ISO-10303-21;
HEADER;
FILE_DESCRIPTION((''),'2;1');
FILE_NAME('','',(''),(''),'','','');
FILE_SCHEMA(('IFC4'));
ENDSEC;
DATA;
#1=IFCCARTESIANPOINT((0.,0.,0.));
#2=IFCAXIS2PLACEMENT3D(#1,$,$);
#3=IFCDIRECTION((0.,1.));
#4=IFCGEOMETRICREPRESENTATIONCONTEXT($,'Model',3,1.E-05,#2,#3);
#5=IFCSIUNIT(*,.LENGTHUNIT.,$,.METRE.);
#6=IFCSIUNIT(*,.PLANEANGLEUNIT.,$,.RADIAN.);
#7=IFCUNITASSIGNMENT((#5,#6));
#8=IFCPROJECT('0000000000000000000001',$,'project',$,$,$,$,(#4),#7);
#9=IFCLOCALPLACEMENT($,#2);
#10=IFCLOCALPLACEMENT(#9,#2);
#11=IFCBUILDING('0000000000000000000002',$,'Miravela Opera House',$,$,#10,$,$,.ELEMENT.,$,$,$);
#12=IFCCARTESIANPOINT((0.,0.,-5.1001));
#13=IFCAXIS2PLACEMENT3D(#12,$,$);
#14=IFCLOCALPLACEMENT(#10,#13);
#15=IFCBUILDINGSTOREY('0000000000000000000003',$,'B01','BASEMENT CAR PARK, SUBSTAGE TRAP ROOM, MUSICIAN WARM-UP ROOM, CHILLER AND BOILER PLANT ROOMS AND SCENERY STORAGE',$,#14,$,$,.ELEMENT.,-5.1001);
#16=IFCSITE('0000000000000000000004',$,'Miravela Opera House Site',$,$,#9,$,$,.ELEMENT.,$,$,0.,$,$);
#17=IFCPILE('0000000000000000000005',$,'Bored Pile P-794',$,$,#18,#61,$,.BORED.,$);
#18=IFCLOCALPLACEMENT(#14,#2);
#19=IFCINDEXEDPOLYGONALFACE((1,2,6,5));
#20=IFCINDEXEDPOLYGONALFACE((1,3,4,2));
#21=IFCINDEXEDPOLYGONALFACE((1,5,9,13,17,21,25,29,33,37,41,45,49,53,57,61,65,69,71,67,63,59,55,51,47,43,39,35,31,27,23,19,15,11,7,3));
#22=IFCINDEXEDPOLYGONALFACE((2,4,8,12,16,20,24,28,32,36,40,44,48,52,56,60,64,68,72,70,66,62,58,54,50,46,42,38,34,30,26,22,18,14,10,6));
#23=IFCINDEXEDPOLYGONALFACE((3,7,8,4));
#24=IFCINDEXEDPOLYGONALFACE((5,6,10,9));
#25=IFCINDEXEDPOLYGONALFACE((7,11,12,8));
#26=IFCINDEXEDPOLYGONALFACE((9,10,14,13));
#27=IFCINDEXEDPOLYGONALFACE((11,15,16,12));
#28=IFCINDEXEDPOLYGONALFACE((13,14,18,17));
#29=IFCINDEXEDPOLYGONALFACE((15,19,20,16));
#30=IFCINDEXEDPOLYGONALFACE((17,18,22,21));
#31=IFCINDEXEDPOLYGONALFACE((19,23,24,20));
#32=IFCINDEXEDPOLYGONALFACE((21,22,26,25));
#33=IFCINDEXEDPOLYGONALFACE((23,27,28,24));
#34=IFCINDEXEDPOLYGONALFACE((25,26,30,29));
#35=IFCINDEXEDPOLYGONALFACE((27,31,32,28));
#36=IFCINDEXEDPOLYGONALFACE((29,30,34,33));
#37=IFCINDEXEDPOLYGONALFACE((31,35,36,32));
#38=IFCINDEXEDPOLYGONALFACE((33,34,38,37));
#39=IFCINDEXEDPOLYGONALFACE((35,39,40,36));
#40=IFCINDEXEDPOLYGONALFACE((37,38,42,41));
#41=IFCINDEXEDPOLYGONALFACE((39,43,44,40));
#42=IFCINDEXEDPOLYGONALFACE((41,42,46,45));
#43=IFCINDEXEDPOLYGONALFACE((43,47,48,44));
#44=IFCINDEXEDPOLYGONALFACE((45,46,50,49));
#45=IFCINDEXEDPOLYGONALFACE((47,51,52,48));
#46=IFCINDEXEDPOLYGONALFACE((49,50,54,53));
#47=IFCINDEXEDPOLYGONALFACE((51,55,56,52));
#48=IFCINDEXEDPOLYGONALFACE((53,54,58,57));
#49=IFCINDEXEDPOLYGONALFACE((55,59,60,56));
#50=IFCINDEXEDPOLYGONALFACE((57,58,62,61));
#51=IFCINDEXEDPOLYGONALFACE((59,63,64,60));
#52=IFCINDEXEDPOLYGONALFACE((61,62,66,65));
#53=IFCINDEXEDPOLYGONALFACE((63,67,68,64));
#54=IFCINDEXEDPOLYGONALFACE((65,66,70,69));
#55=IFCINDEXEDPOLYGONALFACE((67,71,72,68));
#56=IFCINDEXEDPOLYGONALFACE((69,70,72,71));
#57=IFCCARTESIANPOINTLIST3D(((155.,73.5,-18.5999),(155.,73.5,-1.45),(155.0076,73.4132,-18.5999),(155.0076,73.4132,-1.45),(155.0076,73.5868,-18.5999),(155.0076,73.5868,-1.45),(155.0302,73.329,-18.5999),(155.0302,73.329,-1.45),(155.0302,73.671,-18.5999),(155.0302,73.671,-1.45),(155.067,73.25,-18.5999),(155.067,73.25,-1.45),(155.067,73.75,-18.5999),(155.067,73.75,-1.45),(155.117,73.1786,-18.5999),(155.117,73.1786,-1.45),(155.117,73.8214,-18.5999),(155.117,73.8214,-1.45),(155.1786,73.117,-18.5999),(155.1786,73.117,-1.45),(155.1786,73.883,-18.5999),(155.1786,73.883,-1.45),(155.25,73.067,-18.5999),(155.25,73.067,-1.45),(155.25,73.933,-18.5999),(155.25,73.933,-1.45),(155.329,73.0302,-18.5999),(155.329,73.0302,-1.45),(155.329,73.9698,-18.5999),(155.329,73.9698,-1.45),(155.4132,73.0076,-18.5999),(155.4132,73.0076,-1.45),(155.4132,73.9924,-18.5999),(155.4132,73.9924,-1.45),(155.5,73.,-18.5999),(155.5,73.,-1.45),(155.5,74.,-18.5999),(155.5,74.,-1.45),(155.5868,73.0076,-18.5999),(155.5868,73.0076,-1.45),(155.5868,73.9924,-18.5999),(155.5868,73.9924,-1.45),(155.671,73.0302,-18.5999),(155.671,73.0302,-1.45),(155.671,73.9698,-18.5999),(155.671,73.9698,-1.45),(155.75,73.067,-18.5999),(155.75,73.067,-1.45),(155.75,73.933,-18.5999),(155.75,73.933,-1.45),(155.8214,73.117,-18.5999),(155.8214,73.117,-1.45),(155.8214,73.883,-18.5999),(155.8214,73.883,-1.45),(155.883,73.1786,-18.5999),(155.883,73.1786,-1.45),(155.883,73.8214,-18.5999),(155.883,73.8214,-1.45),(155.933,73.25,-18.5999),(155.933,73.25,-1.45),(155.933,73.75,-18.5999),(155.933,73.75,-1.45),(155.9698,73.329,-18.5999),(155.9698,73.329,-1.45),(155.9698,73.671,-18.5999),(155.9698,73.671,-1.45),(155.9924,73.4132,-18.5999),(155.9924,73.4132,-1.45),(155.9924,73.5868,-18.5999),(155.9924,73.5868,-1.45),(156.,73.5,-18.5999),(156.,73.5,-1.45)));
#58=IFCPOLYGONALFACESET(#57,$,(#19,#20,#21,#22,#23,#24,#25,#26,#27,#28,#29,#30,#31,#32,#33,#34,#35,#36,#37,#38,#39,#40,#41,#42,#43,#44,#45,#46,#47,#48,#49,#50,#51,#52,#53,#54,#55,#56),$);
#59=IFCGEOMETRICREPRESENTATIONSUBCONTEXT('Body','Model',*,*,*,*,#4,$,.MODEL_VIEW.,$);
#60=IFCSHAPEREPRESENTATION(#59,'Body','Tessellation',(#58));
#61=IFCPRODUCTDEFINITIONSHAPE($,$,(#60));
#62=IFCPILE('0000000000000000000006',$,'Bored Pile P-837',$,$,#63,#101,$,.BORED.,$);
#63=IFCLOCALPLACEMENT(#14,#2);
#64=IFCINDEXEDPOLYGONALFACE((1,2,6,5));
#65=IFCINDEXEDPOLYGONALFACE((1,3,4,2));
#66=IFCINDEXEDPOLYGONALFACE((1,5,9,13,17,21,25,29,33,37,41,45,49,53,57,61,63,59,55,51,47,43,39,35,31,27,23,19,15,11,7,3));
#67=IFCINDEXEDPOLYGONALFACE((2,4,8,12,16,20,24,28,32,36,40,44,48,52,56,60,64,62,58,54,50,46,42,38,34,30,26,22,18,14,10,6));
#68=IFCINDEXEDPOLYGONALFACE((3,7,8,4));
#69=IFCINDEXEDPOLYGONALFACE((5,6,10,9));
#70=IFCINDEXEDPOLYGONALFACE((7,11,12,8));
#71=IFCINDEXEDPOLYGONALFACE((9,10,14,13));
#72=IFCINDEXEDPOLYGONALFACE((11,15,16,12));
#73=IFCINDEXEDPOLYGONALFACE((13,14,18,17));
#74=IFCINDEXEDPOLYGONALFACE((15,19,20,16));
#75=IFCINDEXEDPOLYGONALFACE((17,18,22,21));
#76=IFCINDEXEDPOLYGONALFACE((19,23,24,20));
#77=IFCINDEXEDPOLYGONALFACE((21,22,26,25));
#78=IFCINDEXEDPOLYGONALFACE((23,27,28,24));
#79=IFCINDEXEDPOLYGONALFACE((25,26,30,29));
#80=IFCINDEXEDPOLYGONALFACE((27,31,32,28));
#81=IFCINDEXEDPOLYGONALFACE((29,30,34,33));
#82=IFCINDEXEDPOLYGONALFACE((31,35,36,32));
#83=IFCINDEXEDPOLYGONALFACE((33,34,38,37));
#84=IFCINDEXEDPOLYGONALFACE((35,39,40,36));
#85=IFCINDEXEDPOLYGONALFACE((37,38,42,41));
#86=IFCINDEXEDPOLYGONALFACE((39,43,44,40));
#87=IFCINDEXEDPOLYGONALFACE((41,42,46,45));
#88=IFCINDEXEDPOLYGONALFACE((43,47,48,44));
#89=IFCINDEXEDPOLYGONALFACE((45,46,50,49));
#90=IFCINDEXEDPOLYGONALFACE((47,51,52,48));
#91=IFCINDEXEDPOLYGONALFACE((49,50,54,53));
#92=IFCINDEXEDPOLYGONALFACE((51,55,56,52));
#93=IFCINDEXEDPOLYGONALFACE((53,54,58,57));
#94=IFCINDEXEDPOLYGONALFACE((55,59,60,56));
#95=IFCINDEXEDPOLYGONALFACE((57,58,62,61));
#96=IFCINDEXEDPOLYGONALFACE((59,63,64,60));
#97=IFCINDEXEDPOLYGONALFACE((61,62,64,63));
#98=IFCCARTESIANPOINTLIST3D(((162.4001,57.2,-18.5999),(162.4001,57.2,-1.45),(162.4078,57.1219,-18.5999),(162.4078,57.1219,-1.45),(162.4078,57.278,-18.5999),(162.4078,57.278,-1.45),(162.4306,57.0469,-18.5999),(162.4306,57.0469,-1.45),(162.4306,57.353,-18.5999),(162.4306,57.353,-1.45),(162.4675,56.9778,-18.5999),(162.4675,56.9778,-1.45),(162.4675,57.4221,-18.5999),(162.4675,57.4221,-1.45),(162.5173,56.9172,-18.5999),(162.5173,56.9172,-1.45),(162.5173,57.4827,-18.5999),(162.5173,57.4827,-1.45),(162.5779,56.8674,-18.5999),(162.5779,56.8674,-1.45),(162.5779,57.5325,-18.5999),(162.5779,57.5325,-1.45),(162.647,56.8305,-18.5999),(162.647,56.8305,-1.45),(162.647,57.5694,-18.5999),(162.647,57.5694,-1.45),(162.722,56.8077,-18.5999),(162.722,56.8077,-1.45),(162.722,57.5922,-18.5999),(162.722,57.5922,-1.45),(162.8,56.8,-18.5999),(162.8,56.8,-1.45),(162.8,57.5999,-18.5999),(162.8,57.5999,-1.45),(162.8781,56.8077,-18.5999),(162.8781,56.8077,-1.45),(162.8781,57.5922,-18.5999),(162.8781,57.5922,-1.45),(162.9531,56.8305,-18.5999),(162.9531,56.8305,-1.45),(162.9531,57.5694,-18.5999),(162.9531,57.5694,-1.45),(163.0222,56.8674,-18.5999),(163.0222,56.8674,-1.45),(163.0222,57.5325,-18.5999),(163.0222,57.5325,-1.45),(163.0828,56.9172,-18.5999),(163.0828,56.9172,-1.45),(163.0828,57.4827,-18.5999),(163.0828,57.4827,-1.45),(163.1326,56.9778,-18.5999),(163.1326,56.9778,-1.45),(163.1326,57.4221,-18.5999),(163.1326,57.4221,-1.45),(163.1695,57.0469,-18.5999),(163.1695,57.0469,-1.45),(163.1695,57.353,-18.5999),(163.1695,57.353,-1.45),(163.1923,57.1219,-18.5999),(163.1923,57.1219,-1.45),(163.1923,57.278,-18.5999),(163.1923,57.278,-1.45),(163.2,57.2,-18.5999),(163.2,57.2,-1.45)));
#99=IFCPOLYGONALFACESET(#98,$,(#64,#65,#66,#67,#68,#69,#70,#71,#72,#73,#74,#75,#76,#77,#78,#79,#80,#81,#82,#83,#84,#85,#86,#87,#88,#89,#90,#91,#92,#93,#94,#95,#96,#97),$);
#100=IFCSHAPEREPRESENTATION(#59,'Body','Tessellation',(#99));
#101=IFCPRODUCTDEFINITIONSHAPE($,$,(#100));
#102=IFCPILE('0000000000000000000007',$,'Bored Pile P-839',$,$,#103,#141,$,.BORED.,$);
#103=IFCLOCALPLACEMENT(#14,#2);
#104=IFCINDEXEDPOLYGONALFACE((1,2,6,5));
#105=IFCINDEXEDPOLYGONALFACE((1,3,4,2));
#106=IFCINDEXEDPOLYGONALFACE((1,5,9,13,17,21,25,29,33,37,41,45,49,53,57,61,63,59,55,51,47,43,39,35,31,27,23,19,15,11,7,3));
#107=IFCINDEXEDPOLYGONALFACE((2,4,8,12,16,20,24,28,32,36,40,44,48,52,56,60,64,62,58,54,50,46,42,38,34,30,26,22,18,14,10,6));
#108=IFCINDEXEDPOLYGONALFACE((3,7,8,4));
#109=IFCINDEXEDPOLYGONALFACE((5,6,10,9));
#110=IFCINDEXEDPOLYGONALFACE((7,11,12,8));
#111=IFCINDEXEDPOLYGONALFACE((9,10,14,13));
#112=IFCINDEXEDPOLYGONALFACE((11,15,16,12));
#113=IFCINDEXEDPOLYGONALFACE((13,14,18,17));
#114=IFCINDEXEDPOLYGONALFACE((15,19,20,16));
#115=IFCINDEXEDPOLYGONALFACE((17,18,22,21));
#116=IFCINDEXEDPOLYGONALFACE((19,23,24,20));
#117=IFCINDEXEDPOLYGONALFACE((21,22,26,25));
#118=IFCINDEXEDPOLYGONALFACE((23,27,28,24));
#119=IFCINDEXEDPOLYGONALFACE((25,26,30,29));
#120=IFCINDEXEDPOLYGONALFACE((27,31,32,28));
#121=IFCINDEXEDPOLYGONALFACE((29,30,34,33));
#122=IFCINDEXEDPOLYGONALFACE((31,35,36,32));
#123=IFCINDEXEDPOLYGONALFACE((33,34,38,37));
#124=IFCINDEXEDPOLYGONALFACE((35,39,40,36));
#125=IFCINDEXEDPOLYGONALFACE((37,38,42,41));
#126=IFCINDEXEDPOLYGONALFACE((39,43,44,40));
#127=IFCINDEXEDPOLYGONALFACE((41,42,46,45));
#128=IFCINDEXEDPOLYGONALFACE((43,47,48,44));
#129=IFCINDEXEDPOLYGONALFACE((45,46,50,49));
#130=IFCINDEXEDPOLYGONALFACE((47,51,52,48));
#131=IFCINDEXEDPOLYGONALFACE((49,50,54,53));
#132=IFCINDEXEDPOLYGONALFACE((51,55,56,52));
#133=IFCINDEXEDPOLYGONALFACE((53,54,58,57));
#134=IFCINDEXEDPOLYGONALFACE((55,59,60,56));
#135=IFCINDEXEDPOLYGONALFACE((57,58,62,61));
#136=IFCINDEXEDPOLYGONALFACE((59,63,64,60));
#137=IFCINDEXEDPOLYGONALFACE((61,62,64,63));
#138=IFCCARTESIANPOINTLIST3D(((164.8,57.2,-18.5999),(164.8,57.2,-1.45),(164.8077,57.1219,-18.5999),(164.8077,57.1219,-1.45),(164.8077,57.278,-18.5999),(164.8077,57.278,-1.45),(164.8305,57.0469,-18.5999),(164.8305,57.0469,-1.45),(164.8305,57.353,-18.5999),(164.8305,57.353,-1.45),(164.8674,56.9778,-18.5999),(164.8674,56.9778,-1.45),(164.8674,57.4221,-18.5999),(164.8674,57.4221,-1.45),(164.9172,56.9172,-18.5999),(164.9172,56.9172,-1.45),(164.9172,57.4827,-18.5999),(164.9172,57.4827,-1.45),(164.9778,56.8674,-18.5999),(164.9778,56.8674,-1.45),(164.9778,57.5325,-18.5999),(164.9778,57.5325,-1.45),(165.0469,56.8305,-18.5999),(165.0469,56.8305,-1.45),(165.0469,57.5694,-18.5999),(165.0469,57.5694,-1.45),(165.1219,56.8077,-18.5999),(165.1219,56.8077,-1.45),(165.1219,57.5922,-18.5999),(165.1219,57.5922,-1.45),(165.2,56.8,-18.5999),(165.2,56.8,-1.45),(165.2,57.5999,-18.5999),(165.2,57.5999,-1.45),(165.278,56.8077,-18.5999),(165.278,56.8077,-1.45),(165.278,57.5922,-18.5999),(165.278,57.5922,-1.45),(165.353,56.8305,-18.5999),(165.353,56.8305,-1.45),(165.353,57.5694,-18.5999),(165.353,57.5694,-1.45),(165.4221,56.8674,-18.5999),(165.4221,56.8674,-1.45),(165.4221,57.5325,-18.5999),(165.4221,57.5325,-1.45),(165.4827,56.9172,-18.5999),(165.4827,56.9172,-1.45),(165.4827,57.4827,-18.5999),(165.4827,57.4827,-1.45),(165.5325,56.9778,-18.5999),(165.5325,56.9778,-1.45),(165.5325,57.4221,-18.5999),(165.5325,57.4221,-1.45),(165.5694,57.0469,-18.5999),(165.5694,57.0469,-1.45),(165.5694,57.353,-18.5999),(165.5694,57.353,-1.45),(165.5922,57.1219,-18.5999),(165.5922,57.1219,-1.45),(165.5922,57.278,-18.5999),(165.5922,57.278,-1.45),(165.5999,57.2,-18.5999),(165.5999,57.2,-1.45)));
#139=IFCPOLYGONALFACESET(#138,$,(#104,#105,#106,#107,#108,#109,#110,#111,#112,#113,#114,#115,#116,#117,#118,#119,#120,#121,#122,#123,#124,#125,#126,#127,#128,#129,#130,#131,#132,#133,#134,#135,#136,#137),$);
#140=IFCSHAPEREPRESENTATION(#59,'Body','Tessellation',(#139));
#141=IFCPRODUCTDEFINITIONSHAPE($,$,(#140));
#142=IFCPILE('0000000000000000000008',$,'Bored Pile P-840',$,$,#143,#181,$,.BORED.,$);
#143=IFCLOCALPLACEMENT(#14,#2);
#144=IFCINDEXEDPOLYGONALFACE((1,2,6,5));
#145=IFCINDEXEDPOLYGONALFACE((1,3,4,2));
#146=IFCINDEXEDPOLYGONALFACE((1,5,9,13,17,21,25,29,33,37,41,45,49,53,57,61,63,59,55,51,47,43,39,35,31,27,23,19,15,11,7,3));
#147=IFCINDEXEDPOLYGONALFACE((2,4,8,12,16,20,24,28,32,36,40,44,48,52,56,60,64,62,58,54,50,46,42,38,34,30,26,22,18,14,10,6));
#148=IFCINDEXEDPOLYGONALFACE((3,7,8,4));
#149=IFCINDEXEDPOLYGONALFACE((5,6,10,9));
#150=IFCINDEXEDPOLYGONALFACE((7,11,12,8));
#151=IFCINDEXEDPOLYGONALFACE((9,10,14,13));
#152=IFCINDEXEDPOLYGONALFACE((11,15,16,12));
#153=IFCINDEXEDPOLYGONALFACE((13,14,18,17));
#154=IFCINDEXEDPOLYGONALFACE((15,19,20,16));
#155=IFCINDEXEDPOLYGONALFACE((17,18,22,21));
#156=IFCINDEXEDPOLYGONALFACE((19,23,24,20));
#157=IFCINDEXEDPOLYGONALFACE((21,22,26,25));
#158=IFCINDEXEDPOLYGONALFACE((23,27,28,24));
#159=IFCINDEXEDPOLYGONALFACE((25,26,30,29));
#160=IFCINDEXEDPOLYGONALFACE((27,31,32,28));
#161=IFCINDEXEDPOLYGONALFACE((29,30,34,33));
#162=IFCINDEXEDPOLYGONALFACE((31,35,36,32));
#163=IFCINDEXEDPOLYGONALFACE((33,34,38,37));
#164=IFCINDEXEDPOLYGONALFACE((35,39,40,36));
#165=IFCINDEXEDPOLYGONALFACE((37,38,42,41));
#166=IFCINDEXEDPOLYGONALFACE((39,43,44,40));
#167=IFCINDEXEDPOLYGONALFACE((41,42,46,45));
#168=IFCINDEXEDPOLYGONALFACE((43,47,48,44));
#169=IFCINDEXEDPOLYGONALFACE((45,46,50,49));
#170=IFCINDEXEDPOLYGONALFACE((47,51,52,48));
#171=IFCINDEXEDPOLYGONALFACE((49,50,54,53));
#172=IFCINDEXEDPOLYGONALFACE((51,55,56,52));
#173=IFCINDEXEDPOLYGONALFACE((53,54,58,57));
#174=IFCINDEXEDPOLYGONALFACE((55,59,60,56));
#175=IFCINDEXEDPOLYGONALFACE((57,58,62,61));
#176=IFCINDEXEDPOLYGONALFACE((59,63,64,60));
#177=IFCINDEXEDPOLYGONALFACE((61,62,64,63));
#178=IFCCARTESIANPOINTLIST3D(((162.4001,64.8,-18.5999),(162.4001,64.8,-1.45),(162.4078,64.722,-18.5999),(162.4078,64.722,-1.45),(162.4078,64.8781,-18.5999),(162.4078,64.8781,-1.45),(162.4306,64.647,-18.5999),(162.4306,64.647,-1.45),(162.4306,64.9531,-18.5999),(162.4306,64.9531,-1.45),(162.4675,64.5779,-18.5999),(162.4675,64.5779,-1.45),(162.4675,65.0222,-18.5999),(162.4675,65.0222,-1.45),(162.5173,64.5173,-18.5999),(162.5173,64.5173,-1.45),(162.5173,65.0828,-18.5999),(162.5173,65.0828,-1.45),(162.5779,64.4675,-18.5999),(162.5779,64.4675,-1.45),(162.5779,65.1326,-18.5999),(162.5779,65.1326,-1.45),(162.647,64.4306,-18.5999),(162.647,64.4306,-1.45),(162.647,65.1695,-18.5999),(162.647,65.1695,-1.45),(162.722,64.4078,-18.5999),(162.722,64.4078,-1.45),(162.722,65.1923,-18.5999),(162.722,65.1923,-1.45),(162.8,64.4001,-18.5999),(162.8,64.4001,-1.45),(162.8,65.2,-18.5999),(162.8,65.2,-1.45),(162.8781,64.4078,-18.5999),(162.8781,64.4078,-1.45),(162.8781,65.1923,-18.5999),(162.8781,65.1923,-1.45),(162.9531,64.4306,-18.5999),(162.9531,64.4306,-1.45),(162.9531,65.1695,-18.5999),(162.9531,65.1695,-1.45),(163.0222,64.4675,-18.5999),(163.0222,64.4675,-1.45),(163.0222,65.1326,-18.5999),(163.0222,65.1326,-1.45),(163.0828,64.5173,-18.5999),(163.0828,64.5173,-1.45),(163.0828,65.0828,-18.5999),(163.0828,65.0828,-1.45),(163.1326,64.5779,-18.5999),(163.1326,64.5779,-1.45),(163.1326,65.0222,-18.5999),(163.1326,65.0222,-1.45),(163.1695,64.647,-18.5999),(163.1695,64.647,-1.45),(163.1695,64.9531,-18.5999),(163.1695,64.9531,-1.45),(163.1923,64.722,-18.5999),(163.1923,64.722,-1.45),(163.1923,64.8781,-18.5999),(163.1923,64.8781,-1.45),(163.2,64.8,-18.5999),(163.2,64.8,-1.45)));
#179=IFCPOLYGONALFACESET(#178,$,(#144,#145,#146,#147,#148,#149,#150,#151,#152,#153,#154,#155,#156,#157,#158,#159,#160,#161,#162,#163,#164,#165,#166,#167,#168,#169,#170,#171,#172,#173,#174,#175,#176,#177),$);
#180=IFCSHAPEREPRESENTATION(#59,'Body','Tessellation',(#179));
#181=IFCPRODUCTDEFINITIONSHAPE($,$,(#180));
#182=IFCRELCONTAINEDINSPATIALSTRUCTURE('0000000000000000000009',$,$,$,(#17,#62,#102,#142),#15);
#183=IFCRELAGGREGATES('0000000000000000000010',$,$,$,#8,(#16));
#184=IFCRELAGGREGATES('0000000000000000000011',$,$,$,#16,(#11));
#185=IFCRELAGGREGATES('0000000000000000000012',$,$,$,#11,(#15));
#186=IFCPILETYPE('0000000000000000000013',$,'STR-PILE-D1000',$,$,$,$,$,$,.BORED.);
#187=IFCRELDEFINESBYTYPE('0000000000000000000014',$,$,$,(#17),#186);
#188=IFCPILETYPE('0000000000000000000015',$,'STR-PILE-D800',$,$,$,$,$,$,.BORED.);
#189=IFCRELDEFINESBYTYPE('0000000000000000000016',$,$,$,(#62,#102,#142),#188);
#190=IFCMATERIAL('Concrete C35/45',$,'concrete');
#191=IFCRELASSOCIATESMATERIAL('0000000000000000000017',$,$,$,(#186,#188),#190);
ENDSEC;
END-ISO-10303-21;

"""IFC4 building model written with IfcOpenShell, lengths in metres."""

from ifc_helpers import new_model, si_unit, direction, frame, origin, origin_2d, place, context, subcontext, project, spatial, circle, extrude, material, material_profile, profile_set, type_object, element, save


model = new_model("IFC4")

# Units and contexts
model_context = context("Model", 3, precision=1e-05, world=origin(), true_north=direction((0.0, 1.0)))
body_context = subcontext(model_context, "Body", "Model", "MODEL_VIEW")
ifc_project = project(units=[si_unit("LENGTHUNIT", "METRE"), si_unit("PLANEANGLEUNIT", "RADIAN")], contexts=[model_context])

# Site, building, storey
site_placement = place(None, origin())
site = spatial("IfcSite", under=ifc_project, at=site_placement, Name="Miravela Opera House Site", CompositionType="ELEMENT", RefElevation=0.0)
building_placement = place(site_placement, origin())
building = spatial("IfcBuilding", under=site, at=building_placement, Name="Miravela Opera House", CompositionType="ELEMENT")
storey_placement = place(building_placement, frame((0.0, 0.0, -5.1001)))
storey = spatial("IfcBuildingStorey", under=building, at=storey_placement, Name="B01", Description="BASEMENT CAR PARK, SUBSTAGE TRAP ROOM, MUSICIAN WARM-UP ROOM, CHILLER AND BOILER PLANT ROOMS AND SCENERY STORAGE", CompositionType="ELEMENT", Elevation=-5.1001)

# Shared definitions
ifc_material_1 = material(Name="Concrete C35/45", Category="concrete")

# Piles
ifc_material_profile_1 = material_profile(ifc_material_1, circle(Radius=0.5, at=origin_2d()), Name="PILE-D1000")
ifc_profile_set_1 = profile_set([ifc_material_profile_1])
pile_type_1 = type_object("IfcPileType", Name="STR-PILE-D1000", PredefinedType="BORED", material=ifc_profile_set_1)
for number, where, z_axis, x_axis, name in (
    (1, (155.5, 73.5, -1.45), (0.0, 0.0, -1.0), (1.0, 0.0, 0.0), "Bored Pile P-794"),
):
    element("IfcPile", number, at=place(storey_placement, frame(where, z_axis=z_axis, x_axis=x_axis)), inside=storey, type_object=pile_type_1, Name=name, PredefinedType="BORED", context=body_context, shape_type="SweptSolid", body=[
        extrude(circle(Radius=0.5, at=origin_2d()), origin(), (0.0, 0.0, 1.0), 17.1499),
    ])
ifc_material_profile_2 = material_profile(ifc_material_1, circle(Radius=0.3999, at=origin_2d()), Name="PILE-D800")
ifc_profile_set_2 = profile_set([ifc_material_profile_2])
pile_type_2 = type_object("IfcPileType", Name="STR-PILE-D800", PredefinedType="BORED", material=ifc_profile_set_2)
for number, where, z_axis, x_axis, name in (
    (2, (162.8, 57.2, -1.45), (0.0, 0.0, -1.0), (1.0, 0.0, 0.0), "Bored Pile P-837"),
    (3, (165.2, 57.2, -1.45), (0.0, 0.0, -1.0), (1.0, 0.0, 0.0), "Bored Pile P-839"),
    (4, (162.8, 64.8, -1.45), (0.0, 0.0, -1.0), (1.0, 0.0, 0.0), "Bored Pile P-840"),
):
    element("IfcPile", number, at=place(storey_placement, frame(where, z_axis=z_axis, x_axis=x_axis)), inside=storey, type_object=pile_type_2, Name=name, PredefinedType="BORED", context=body_context, shape_type="SweptSolid", body=[
        extrude(circle(Radius=0.3999, at=origin_2d()), origin(), (0.0, 0.0, 1.0), 17.1499),
    ])

save(model, "model.ifc")
